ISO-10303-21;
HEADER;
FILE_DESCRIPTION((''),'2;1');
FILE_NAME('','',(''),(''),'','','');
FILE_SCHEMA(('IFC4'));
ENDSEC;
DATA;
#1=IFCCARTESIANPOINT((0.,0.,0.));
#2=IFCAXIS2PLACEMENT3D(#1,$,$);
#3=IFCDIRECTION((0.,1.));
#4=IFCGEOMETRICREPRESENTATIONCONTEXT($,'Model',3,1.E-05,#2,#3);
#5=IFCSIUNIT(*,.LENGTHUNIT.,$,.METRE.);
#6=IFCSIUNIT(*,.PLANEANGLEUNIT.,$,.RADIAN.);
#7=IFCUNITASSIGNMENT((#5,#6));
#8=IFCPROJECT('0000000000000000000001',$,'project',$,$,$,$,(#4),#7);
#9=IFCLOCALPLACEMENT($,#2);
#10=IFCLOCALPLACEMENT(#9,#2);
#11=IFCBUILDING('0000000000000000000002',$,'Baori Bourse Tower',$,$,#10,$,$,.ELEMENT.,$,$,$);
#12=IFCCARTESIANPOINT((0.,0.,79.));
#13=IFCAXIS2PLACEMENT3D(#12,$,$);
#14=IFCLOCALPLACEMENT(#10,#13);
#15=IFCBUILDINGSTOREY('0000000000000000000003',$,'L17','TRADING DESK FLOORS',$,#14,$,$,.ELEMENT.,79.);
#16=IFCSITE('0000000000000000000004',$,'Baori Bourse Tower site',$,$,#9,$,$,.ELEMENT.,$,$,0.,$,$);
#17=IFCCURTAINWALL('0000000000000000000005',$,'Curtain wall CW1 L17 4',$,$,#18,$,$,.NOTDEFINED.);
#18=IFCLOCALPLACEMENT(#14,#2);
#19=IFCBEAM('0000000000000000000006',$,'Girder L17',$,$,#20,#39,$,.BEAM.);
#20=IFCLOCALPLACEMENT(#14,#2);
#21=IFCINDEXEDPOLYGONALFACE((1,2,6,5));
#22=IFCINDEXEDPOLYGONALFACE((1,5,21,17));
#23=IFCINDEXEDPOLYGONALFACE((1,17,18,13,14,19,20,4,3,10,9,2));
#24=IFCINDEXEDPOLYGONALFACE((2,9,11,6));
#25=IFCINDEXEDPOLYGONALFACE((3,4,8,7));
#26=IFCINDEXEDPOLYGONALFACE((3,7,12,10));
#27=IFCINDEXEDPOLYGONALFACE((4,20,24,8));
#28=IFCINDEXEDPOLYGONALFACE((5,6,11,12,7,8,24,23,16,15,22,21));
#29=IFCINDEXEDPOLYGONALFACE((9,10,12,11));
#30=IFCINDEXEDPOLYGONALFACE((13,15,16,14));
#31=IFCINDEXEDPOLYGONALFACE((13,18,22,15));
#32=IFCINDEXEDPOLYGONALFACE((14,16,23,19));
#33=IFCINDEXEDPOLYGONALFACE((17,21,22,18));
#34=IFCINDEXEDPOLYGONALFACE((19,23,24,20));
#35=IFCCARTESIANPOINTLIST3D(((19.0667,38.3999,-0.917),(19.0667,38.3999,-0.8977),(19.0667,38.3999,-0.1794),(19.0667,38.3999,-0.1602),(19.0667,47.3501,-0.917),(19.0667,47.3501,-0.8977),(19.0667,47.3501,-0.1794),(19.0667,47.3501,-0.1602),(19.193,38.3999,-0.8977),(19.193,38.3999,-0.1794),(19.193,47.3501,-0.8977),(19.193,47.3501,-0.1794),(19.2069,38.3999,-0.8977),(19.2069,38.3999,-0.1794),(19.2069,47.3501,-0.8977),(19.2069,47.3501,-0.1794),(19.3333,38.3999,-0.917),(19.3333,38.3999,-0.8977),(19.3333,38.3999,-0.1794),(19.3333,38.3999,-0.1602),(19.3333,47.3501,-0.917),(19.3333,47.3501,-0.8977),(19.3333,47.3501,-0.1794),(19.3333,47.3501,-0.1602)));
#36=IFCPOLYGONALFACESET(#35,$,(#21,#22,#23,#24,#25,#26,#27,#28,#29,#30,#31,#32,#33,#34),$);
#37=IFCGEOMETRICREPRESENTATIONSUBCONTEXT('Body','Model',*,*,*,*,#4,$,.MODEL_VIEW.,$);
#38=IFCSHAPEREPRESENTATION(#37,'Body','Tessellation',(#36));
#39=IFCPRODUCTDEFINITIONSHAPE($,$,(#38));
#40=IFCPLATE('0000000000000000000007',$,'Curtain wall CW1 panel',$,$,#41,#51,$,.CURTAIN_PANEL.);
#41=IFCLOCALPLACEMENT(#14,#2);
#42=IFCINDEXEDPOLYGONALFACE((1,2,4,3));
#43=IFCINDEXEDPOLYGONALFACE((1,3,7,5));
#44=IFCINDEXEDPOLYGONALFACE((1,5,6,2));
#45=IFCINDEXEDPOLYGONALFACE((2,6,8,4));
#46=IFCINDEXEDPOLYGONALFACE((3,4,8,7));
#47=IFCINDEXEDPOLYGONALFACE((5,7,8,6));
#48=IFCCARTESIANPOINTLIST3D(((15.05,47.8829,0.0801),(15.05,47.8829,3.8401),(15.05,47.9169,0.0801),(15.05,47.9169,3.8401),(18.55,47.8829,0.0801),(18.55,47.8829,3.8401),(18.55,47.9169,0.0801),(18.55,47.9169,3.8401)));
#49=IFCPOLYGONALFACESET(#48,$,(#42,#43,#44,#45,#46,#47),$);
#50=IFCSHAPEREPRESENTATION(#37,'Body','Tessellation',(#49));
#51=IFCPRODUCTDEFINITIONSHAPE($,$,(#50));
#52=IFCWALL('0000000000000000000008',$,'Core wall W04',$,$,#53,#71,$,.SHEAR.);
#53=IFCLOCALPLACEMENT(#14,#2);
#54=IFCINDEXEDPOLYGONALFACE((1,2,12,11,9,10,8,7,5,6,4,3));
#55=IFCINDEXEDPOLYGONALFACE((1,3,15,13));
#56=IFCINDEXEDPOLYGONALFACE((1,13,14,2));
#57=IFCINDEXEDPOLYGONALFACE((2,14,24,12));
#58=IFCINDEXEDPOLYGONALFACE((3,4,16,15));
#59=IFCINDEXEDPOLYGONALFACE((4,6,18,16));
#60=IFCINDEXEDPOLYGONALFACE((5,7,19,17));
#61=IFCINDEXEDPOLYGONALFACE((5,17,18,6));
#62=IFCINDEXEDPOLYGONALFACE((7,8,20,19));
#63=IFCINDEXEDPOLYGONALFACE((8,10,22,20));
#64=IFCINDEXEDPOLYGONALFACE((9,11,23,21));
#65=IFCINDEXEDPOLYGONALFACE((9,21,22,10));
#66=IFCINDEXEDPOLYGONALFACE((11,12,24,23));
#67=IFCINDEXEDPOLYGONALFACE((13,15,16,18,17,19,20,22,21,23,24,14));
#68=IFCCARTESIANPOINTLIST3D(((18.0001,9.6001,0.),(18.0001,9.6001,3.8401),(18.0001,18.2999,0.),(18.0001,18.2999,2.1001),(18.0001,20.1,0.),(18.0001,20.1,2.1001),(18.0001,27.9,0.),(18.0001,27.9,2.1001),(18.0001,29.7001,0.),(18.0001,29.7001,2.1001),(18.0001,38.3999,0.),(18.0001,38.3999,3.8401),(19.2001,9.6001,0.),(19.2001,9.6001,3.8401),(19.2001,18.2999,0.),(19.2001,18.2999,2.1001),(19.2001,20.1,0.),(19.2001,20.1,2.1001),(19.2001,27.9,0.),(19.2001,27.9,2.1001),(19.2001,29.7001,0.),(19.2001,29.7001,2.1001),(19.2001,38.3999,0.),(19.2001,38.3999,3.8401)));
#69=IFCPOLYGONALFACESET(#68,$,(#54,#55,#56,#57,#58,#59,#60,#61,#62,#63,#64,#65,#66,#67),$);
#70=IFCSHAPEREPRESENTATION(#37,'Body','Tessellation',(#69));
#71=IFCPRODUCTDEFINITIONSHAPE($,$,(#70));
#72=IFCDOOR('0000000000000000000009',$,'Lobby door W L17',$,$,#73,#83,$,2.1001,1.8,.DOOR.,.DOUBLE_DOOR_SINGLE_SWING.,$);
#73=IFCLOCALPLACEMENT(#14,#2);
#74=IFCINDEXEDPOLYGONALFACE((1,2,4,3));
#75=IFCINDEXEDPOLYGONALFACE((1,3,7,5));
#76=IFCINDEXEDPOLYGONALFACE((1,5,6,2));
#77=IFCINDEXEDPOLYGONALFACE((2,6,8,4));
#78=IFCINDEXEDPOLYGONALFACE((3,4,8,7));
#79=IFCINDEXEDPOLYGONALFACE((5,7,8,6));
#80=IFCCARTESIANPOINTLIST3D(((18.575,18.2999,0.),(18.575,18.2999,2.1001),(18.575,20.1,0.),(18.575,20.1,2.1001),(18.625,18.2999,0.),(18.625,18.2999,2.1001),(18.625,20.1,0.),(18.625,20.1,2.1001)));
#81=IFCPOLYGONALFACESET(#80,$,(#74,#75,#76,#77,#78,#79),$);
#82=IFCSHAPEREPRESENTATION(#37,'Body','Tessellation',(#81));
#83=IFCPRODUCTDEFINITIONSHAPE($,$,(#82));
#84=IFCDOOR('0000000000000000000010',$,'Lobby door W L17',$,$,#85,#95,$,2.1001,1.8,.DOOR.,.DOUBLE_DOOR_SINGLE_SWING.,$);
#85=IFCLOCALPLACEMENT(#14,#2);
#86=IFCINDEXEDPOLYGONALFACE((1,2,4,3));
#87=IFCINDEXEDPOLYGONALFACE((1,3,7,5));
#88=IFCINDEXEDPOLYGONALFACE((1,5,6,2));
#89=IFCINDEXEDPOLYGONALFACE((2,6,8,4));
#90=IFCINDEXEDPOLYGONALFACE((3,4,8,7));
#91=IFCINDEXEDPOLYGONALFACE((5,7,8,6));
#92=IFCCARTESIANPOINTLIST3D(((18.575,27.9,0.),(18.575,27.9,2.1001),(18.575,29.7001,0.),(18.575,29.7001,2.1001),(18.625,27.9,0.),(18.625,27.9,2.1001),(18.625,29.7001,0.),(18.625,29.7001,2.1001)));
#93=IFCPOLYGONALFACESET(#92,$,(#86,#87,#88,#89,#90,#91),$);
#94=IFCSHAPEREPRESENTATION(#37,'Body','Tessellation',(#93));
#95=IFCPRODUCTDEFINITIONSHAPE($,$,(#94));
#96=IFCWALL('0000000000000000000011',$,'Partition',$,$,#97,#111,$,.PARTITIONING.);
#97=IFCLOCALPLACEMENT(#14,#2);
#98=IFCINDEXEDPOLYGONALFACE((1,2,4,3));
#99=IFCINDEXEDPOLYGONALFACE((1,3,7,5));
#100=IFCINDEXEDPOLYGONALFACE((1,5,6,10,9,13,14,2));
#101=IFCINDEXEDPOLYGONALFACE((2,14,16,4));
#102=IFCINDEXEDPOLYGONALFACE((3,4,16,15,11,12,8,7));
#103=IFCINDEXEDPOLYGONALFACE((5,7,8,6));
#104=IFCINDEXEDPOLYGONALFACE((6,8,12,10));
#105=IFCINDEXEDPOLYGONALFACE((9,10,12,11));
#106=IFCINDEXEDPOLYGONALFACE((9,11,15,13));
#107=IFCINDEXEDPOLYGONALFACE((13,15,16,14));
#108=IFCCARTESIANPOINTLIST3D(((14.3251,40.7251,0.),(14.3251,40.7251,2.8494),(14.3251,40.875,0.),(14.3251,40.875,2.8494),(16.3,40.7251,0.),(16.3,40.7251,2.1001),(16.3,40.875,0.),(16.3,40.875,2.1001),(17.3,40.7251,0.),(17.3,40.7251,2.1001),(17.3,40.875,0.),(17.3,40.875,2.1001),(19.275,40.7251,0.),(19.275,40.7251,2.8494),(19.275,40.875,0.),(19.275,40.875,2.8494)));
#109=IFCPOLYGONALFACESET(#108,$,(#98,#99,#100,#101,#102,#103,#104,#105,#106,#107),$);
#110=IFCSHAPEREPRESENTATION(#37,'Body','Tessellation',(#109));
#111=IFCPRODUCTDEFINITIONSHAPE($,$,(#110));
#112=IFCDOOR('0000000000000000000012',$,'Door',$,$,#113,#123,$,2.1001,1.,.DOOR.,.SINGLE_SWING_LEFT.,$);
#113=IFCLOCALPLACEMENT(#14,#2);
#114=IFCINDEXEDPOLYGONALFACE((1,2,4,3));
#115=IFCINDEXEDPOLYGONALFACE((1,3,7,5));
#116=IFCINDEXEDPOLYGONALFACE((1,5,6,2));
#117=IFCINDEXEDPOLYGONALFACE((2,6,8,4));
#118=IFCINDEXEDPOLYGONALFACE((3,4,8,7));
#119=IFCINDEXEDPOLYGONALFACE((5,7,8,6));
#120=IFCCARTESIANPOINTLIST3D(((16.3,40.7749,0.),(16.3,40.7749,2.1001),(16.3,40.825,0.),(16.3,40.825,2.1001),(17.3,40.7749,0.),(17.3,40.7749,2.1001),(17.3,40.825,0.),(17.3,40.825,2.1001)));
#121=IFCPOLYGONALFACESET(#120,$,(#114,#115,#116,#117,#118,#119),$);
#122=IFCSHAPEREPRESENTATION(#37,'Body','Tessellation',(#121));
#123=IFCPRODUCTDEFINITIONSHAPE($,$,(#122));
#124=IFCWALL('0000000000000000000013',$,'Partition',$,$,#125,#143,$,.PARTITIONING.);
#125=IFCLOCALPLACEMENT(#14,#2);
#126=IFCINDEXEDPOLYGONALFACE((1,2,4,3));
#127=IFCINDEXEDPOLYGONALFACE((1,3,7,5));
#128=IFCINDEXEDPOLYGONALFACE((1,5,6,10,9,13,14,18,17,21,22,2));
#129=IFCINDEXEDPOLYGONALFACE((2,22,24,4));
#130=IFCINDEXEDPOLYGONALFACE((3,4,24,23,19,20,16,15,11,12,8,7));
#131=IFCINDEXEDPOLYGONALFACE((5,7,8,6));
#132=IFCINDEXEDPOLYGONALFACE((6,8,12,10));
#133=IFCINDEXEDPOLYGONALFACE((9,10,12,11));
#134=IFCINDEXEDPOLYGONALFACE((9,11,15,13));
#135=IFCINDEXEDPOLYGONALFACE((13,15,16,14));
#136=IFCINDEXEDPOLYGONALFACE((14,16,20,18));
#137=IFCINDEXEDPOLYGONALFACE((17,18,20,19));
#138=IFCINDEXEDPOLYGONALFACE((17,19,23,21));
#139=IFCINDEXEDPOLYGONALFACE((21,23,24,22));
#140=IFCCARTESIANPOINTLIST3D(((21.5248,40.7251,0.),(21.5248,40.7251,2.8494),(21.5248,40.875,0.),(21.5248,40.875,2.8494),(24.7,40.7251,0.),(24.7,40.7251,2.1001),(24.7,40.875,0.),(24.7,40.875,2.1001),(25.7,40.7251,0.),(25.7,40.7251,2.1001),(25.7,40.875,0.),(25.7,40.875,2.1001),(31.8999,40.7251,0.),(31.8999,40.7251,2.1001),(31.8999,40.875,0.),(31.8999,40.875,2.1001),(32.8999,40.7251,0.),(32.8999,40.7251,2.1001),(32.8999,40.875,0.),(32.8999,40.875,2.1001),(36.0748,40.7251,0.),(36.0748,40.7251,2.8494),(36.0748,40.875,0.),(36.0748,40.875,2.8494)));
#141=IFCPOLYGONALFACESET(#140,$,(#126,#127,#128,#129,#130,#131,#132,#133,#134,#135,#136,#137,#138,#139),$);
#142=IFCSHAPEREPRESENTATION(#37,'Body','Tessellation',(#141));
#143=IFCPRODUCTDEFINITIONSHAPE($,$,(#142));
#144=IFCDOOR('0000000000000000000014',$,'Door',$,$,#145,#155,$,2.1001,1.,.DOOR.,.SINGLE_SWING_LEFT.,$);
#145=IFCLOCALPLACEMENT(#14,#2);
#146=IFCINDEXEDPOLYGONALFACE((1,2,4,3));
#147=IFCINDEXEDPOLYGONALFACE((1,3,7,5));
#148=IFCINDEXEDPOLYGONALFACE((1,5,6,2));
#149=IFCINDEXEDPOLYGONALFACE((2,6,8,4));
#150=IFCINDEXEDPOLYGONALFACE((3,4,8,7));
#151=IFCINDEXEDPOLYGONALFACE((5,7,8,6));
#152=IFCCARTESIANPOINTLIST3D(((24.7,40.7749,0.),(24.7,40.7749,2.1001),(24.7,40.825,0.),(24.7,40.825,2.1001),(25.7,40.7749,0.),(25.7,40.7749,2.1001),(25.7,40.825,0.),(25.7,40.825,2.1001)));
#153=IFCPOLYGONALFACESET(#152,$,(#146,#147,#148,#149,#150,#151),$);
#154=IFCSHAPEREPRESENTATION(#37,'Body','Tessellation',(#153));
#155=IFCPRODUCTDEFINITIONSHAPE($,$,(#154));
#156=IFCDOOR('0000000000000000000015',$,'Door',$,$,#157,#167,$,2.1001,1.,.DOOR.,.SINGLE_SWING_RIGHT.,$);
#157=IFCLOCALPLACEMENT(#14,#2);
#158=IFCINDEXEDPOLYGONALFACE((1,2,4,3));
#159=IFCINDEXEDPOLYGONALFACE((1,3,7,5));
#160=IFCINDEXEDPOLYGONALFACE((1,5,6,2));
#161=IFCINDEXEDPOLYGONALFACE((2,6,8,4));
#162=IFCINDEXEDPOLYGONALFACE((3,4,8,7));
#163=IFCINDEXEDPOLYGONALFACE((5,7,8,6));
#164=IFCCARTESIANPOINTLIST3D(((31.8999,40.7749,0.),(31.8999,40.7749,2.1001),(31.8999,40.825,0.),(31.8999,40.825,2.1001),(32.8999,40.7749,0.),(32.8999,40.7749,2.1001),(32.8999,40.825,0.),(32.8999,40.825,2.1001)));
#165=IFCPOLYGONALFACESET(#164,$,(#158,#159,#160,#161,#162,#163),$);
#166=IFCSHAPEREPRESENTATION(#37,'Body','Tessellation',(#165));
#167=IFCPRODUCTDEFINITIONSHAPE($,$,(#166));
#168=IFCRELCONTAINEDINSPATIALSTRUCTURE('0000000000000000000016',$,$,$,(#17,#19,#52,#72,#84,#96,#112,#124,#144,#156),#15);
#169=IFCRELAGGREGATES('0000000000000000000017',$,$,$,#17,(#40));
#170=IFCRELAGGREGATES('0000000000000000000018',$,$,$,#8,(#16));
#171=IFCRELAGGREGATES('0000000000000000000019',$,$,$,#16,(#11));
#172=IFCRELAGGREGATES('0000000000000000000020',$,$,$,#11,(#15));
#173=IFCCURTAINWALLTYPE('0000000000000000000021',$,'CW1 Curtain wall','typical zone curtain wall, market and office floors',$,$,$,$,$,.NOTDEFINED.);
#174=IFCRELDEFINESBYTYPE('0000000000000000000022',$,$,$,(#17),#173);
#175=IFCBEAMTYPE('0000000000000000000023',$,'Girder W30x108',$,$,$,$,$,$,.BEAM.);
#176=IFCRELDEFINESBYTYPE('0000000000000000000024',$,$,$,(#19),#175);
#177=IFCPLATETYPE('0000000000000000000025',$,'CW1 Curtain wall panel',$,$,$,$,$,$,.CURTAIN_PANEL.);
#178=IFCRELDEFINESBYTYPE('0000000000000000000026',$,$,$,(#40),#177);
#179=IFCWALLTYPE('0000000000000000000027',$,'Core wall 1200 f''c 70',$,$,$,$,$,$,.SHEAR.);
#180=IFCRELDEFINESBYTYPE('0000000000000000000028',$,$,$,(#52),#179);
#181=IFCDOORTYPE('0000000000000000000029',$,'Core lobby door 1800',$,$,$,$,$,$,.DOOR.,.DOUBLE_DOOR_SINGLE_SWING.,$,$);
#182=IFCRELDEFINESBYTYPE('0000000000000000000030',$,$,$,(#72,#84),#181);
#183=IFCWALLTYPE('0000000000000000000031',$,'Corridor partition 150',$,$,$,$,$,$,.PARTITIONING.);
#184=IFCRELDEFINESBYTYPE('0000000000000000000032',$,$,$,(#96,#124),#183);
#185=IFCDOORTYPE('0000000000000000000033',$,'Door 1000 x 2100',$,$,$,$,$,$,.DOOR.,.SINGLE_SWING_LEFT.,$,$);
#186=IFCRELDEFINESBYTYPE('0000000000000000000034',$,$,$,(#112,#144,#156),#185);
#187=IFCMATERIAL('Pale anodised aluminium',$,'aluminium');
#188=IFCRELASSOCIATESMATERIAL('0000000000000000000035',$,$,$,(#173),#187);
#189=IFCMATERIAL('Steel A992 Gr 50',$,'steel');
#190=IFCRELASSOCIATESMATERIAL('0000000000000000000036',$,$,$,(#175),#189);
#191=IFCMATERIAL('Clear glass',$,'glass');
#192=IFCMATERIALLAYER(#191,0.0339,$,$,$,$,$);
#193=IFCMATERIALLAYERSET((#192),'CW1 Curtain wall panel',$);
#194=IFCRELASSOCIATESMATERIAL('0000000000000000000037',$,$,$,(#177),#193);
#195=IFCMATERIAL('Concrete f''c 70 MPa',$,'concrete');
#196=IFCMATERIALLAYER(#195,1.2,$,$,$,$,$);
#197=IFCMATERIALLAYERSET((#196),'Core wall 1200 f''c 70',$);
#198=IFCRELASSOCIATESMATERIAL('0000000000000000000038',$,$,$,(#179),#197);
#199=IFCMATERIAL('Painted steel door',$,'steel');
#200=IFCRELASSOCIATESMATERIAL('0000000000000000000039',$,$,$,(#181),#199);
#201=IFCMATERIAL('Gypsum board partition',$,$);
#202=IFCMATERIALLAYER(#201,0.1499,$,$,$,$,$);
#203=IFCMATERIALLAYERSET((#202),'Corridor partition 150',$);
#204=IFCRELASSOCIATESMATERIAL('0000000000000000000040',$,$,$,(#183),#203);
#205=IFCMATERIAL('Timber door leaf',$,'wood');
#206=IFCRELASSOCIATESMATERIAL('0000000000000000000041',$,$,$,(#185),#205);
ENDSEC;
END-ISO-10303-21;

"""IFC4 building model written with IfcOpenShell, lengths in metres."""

from ifc_helpers import new_model, si_unit, direction, frame, frame_2d, origin, origin_2d, place, context, subcontext, project, spatial, rectangle, i_section, extrude, material, layer, layer_set, material_profile, profile_set, type_object, element, fill, aggregate, save


model = new_model("IFC4")

# Units and contexts
model_context = context("Model", 3, precision=1e-05, world=origin(), true_north=direction((0.0, 1.0)))
body_context = subcontext(model_context, "Body", "Model", "MODEL_VIEW")
ifc_project = project(units=[si_unit("LENGTHUNIT", "METRE"), si_unit("PLANEANGLEUNIT", "RADIAN")], contexts=[model_context])

# Site, building, storey
site_placement = place(None, origin())
site = spatial("IfcSite", under=ifc_project, at=site_placement, Name="Baori Bourse Tower site", CompositionType="ELEMENT", RefElevation=0.0)
building_placement = place(site_placement, origin())
building = spatial("IfcBuilding", under=site, at=building_placement, Name="Baori Bourse Tower", CompositionType="ELEMENT")
storey_placement = place(building_placement, frame((0.0, 0.0, 79.0)))
storey = spatial("IfcBuildingStorey", under=building, at=storey_placement, Name="L17", Description="TRADING DESK FLOORS", CompositionType="ELEMENT", Elevation=79.0)

# Curtain wall
ifc_material_1 = material(Name="Pale anodised aluminium", Category="aluminium")
curtain_wall_type = type_object("IfcCurtainWallType", Name="CW1 Curtain wall", Description="typical zone curtain wall, market and office floors", PredefinedType="NOTDEFINED", material=ifc_material_1)
curtain_wall_placement = place(storey_placement, origin())
curtain_wall = element("IfcCurtainWall", 1, at=curtain_wall_placement, inside=storey, type_object=curtain_wall_type, Name="Curtain wall CW1 L17 4", PredefinedType="NOTDEFINED")

# Beam
ifc_material_2 = material(Name="Steel A992 Gr 50", Category="steel")
ifc_material_profile_1 = material_profile(ifc_material_2, i_section(OverallWidth=0.2666, OverallDepth=0.7568, WebThickness=0.0139, FlangeThickness=0.0193, at=origin_2d()), Name="W30x108")
ifc_profile_set_1 = profile_set([ifc_material_profile_1], Name="Steel A992 Gr 50")
beam_type_1 = type_object("IfcBeamType", Name="Girder W30x108", PredefinedType="BEAM", material=ifc_profile_set_1)
beam_1_placement = place(storey_placement, frame((19.2, 38.3999, -0.5386), z_axis=(0.0, 1.0, 0.0), x_axis=(-1.0, 0.0, 0.0)))
element("IfcBeam", 2, at=beam_1_placement, inside=storey, type_object=beam_type_1, Name="Girder L17", PredefinedType="BEAM", context=body_context, shape_type="SweptSolid", body=[
    extrude(i_section(OverallWidth=0.2666, OverallDepth=0.7568, WebThickness=0.0139, FlangeThickness=0.0193, at=origin_2d()), origin(), (0.0, 0.0, 1.0), 8.9502),
])

# Plate
ifc_material_3 = material(Name="Clear glass", Category="glass")
ifc_layer_1 = layer(ifc_material_3, 0.0339)
ifc_layer_set_1 = layer_set([ifc_layer_1], Name="CW1 Curtain wall panel")
plate_type = type_object("IfcPlateType", Name="CW1 Curtain wall panel", PredefinedType="CURTAIN_PANEL", material=ifc_layer_set_1)
plate_placement = place(storey_placement, frame((16.8, 47.8999, 0.0801), z_axis=(0.0, 0.0, 1.0), x_axis=(-1.0, 0.0, 0.0)))
plate = element("IfcPlate", 3, at=plate_placement, type_object=plate_type, Name="Curtain wall CW1 panel", PredefinedType="CURTAIN_PANEL", context=body_context, shape_type="SweptSolid", body=[
    extrude(rectangle(XDim=3.5, YDim=0.0339, at=origin_2d()), origin(), (0.0, 0.0, 1.0), 3.76),
])
aggregate(curtain_wall, [plate])

# Wall, openings, doors
ifc_material_4 = material(Name="Concrete f'c 70 MPa", Category="concrete")
ifc_layer_2 = layer(ifc_material_4, 1.2)
ifc_layer_set_2 = layer_set([ifc_layer_2], Name="Core wall 1200 f'c 70")
wall_type_1 = type_object("IfcWallType", Name="Core wall 1200 f'c 70", PredefinedType="SHEAR", material=ifc_layer_set_2)
wall_1_placement = place(storey_placement, frame((18.6001, 38.3999, 0.0), z_axis=(0.0, 0.0, 1.0), x_axis=(0.0, -1.0, 0.0)))
wall_1 = element("IfcWall", 4, at=wall_1_placement, inside=storey, type_object=wall_type_1, Name="Core wall W04", PredefinedType="SHEAR", context=body_context, shape_type="SweptSolid", body=[
    extrude(rectangle(XDim=28.7998, YDim=1.2, at=frame_2d((14.3999, 0.0))), origin(), (0.0, 0.0, 1.0), 3.8401),
])
opening_1_placement = place(wall_1_placement, frame((18.3, 0.0, 0.0)))
opening_1 = element("IfcOpeningElement", 5, at=opening_1_placement, cuts=wall_1, PredefinedType="OPENING", context=body_context, shape_type="SweptSolid", body=[
    extrude(rectangle(XDim=1.8, YDim=2.1001, at=frame_2d((0.8999, 1.05))), frame((0.0, 0.6099, 0.0), z_axis=(0.0, -1.0, 0.0), x_axis=(1.0, 0.0, 0.0)), (0.0, 0.0, 1.0), 1.22),
])
opening_2_placement = place(wall_1_placement, frame((8.7, 0.0, 0.0)))
opening_2 = element("IfcOpeningElement", 6, at=opening_2_placement, cuts=wall_1, PredefinedType="OPENING", context=body_context, shape_type="SweptSolid", body=[
    extrude(rectangle(XDim=1.8, YDim=2.1001, at=frame_2d((0.8999, 1.05))), frame((0.0, 0.6099, 0.0), z_axis=(0.0, -1.0, 0.0), x_axis=(1.0, 0.0, 0.0)), (0.0, 0.0, 1.0), 1.22),
])
ifc_material_5 = material(Name="Painted steel door", Category="steel")
door_type_1 = type_object("IfcDoorType", Name="Core lobby door 1800", OperationType="DOUBLE_DOOR_SINGLE_SWING", PredefinedType="DOOR", material=ifc_material_5)
door_1_placement = place(opening_1_placement, origin())
door_1 = element("IfcDoor", 7, at=door_1_placement, inside=storey, type_object=door_type_1, Name="Lobby door W L17", OperationType="DOUBLE_DOOR_SINGLE_SWING", OverallHeight=2.1001, OverallWidth=1.8, PredefinedType="DOOR", context=body_context, shape_type="SweptSolid", body=[
    extrude(rectangle(XDim=1.8, YDim=2.1001, at=frame_2d((0.8999, 1.05))), frame((0.0, 0.0249, 0.0), z_axis=(0.0, -1.0, 0.0), x_axis=(1.0, 0.0, 0.0)), (0.0, 0.0, 1.0), 0.05),
])
fill(opening_1, door_1)
door_2_placement = place(opening_2_placement, origin())
door_2 = element("IfcDoor", 8, at=door_2_placement, inside=storey, type_object=door_type_1, Name="Lobby door W L17", OperationType="DOUBLE_DOOR_SINGLE_SWING", OverallHeight=2.1001, OverallWidth=1.8, PredefinedType="DOOR", context=body_context, shape_type="SweptSolid", body=[
    extrude(rectangle(XDim=1.8, YDim=2.1001, at=frame_2d((0.8999, 1.05))), frame((0.0, 0.0249, 0.0), z_axis=(0.0, -1.0, 0.0), x_axis=(1.0, 0.0, 0.0)), (0.0, 0.0, 1.0), 0.05),
])
fill(opening_2, door_2)

# Wall, opening, door
ifc_material_6 = material(Name="Gypsum board partition")
ifc_layer_3 = layer(ifc_material_6, 0.1499)
ifc_layer_set_3 = layer_set([ifc_layer_3], Name="Corridor partition 150")
wall_type_2 = type_object("IfcWallType", Name="Corridor partition 150", PredefinedType="PARTITIONING", material=ifc_layer_set_3)
wall_2_placement = place(storey_placement, frame((14.325, 40.8, 0.0), z_axis=(0.0, 0.0, 1.0), x_axis=(1.0, 0.0, 0.0)))
wall_2 = element("IfcWall", 9, at=wall_2_placement, inside=storey, type_object=wall_type_2, Name="Partition", PredefinedType="PARTITIONING", context=body_context, shape_type="SweptSolid", body=[
    extrude(rectangle(XDim=4.95, YDim=0.1499, at=frame_2d((2.4751, 0.0))), origin(), (0.0, 0.0, 1.0), 2.8494),
])
opening_3_placement = place(wall_2_placement, frame((1.9751, 0.0, 0.0)))
opening_3 = element("IfcOpeningElement", 10, at=opening_3_placement, cuts=wall_2, PredefinedType="OPENING", context=body_context, shape_type="SweptSolid", body=[
    extrude(rectangle(XDim=1.0, YDim=2.1001, at=frame_2d((0.5, 1.05))), frame((0.0, 0.085, 0.0), z_axis=(0.0, -1.0, 0.0), x_axis=(1.0, 0.0, 0.0)), (0.0, 0.0, 1.0), 0.1699),
])
ifc_material_7 = material(Name="Timber door leaf", Category="wood")
door_type_2 = type_object("IfcDoorType", Name="Door 1000 x 2100", OperationType="SINGLE_SWING_LEFT", PredefinedType="DOOR", material=ifc_material_7)
door_3_placement = place(opening_3_placement, origin())
door_3 = element("IfcDoor", 11, at=door_3_placement, inside=storey, type_object=door_type_2, Name="Door", OperationType="SINGLE_SWING_LEFT", OverallHeight=2.1001, OverallWidth=1.0, PredefinedType="DOOR", context=body_context, shape_type="SweptSolid", body=[
    extrude(rectangle(XDim=1.0, YDim=2.1001, at=frame_2d((0.5, 1.05))), frame((0.0, 0.0249, 0.0), z_axis=(0.0, -1.0, 0.0), x_axis=(1.0, 0.0, 0.0)), (0.0, 0.0, 1.0), 0.05),
])
fill(opening_3, door_3)

# Wall, openings, doors
wall_3_placement = place(storey_placement, frame((21.5249, 40.8, 0.0), z_axis=(0.0, 0.0, 1.0), x_axis=(1.0, 0.0, 0.0)))
wall_3 = element("IfcWall", 12, at=wall_3_placement, inside=storey, type_object=wall_type_2, Name="Partition", PredefinedType="PARTITIONING", context=body_context, shape_type="SweptSolid", body=[
    extrude(rectangle(XDim=14.55, YDim=0.1499, at=frame_2d((7.2749, 0.0))), origin(), (0.0, 0.0, 1.0), 2.8494),
])
opening_4_placement = place(wall_3_placement, frame((3.175, 0.0, 0.0)))
opening_4 = element("IfcOpeningElement", 13, at=opening_4_placement, cuts=wall_3, PredefinedType="OPENING", context=body_context, shape_type="SweptSolid", body=[
    extrude(rectangle(XDim=1.0, YDim=2.1001, at=frame_2d((0.5, 1.05))), frame((0.0, 0.085, 0.0), z_axis=(0.0, -1.0, 0.0), x_axis=(1.0, 0.0, 0.0)), (0.0, 0.0, 1.0), 0.1699),
])
opening_5_placement = place(wall_3_placement, frame((10.375, 0.0, 0.0)))
opening_5 = element("IfcOpeningElement", 14, at=opening_5_placement, cuts=wall_3, PredefinedType="OPENING", context=body_context, shape_type="SweptSolid", body=[
    extrude(rectangle(XDim=1.0, YDim=2.1001, at=frame_2d((0.5, 1.05))), frame((0.0, 0.085, 0.0), z_axis=(0.0, -1.0, 0.0), x_axis=(1.0, 0.0, 0.0)), (0.0, 0.0, 1.0), 0.1699),
])
door_4_placement = place(opening_4_placement, origin())
door_4 = element("IfcDoor", 15, at=door_4_placement, inside=storey, type_object=door_type_2, Name="Door", OperationType="SINGLE_SWING_LEFT", OverallHeight=2.1001, OverallWidth=1.0, PredefinedType="DOOR", context=body_context, shape_type="SweptSolid", body=[
    extrude(rectangle(XDim=1.0, YDim=2.1001, at=frame_2d((0.5, 1.05))), frame((0.0, 0.0249, 0.0), z_axis=(0.0, -1.0, 0.0), x_axis=(1.0, 0.0, 0.0)), (0.0, 0.0, 1.0), 0.05),
])
fill(opening_4, door_4)
door_5_placement = place(opening_5_placement, origin())
door_5 = element("IfcDoor", 16, at=door_5_placement, inside=storey, type_object=door_type_2, Name="Door", OperationType="SINGLE_SWING_RIGHT", OverallHeight=2.1001, OverallWidth=1.0, PredefinedType="DOOR", context=body_context, shape_type="SweptSolid", body=[
    extrude(rectangle(XDim=1.0, YDim=2.1001, at=frame_2d((0.5, 1.05))), frame((0.0, 0.0249, 0.0), z_axis=(0.0, -1.0, 0.0), x_axis=(1.0, 0.0, 0.0)), (0.0, 0.0, 1.0), 0.05),
])
fill(opening_5, door_5)

save(model, "model.ifc")
